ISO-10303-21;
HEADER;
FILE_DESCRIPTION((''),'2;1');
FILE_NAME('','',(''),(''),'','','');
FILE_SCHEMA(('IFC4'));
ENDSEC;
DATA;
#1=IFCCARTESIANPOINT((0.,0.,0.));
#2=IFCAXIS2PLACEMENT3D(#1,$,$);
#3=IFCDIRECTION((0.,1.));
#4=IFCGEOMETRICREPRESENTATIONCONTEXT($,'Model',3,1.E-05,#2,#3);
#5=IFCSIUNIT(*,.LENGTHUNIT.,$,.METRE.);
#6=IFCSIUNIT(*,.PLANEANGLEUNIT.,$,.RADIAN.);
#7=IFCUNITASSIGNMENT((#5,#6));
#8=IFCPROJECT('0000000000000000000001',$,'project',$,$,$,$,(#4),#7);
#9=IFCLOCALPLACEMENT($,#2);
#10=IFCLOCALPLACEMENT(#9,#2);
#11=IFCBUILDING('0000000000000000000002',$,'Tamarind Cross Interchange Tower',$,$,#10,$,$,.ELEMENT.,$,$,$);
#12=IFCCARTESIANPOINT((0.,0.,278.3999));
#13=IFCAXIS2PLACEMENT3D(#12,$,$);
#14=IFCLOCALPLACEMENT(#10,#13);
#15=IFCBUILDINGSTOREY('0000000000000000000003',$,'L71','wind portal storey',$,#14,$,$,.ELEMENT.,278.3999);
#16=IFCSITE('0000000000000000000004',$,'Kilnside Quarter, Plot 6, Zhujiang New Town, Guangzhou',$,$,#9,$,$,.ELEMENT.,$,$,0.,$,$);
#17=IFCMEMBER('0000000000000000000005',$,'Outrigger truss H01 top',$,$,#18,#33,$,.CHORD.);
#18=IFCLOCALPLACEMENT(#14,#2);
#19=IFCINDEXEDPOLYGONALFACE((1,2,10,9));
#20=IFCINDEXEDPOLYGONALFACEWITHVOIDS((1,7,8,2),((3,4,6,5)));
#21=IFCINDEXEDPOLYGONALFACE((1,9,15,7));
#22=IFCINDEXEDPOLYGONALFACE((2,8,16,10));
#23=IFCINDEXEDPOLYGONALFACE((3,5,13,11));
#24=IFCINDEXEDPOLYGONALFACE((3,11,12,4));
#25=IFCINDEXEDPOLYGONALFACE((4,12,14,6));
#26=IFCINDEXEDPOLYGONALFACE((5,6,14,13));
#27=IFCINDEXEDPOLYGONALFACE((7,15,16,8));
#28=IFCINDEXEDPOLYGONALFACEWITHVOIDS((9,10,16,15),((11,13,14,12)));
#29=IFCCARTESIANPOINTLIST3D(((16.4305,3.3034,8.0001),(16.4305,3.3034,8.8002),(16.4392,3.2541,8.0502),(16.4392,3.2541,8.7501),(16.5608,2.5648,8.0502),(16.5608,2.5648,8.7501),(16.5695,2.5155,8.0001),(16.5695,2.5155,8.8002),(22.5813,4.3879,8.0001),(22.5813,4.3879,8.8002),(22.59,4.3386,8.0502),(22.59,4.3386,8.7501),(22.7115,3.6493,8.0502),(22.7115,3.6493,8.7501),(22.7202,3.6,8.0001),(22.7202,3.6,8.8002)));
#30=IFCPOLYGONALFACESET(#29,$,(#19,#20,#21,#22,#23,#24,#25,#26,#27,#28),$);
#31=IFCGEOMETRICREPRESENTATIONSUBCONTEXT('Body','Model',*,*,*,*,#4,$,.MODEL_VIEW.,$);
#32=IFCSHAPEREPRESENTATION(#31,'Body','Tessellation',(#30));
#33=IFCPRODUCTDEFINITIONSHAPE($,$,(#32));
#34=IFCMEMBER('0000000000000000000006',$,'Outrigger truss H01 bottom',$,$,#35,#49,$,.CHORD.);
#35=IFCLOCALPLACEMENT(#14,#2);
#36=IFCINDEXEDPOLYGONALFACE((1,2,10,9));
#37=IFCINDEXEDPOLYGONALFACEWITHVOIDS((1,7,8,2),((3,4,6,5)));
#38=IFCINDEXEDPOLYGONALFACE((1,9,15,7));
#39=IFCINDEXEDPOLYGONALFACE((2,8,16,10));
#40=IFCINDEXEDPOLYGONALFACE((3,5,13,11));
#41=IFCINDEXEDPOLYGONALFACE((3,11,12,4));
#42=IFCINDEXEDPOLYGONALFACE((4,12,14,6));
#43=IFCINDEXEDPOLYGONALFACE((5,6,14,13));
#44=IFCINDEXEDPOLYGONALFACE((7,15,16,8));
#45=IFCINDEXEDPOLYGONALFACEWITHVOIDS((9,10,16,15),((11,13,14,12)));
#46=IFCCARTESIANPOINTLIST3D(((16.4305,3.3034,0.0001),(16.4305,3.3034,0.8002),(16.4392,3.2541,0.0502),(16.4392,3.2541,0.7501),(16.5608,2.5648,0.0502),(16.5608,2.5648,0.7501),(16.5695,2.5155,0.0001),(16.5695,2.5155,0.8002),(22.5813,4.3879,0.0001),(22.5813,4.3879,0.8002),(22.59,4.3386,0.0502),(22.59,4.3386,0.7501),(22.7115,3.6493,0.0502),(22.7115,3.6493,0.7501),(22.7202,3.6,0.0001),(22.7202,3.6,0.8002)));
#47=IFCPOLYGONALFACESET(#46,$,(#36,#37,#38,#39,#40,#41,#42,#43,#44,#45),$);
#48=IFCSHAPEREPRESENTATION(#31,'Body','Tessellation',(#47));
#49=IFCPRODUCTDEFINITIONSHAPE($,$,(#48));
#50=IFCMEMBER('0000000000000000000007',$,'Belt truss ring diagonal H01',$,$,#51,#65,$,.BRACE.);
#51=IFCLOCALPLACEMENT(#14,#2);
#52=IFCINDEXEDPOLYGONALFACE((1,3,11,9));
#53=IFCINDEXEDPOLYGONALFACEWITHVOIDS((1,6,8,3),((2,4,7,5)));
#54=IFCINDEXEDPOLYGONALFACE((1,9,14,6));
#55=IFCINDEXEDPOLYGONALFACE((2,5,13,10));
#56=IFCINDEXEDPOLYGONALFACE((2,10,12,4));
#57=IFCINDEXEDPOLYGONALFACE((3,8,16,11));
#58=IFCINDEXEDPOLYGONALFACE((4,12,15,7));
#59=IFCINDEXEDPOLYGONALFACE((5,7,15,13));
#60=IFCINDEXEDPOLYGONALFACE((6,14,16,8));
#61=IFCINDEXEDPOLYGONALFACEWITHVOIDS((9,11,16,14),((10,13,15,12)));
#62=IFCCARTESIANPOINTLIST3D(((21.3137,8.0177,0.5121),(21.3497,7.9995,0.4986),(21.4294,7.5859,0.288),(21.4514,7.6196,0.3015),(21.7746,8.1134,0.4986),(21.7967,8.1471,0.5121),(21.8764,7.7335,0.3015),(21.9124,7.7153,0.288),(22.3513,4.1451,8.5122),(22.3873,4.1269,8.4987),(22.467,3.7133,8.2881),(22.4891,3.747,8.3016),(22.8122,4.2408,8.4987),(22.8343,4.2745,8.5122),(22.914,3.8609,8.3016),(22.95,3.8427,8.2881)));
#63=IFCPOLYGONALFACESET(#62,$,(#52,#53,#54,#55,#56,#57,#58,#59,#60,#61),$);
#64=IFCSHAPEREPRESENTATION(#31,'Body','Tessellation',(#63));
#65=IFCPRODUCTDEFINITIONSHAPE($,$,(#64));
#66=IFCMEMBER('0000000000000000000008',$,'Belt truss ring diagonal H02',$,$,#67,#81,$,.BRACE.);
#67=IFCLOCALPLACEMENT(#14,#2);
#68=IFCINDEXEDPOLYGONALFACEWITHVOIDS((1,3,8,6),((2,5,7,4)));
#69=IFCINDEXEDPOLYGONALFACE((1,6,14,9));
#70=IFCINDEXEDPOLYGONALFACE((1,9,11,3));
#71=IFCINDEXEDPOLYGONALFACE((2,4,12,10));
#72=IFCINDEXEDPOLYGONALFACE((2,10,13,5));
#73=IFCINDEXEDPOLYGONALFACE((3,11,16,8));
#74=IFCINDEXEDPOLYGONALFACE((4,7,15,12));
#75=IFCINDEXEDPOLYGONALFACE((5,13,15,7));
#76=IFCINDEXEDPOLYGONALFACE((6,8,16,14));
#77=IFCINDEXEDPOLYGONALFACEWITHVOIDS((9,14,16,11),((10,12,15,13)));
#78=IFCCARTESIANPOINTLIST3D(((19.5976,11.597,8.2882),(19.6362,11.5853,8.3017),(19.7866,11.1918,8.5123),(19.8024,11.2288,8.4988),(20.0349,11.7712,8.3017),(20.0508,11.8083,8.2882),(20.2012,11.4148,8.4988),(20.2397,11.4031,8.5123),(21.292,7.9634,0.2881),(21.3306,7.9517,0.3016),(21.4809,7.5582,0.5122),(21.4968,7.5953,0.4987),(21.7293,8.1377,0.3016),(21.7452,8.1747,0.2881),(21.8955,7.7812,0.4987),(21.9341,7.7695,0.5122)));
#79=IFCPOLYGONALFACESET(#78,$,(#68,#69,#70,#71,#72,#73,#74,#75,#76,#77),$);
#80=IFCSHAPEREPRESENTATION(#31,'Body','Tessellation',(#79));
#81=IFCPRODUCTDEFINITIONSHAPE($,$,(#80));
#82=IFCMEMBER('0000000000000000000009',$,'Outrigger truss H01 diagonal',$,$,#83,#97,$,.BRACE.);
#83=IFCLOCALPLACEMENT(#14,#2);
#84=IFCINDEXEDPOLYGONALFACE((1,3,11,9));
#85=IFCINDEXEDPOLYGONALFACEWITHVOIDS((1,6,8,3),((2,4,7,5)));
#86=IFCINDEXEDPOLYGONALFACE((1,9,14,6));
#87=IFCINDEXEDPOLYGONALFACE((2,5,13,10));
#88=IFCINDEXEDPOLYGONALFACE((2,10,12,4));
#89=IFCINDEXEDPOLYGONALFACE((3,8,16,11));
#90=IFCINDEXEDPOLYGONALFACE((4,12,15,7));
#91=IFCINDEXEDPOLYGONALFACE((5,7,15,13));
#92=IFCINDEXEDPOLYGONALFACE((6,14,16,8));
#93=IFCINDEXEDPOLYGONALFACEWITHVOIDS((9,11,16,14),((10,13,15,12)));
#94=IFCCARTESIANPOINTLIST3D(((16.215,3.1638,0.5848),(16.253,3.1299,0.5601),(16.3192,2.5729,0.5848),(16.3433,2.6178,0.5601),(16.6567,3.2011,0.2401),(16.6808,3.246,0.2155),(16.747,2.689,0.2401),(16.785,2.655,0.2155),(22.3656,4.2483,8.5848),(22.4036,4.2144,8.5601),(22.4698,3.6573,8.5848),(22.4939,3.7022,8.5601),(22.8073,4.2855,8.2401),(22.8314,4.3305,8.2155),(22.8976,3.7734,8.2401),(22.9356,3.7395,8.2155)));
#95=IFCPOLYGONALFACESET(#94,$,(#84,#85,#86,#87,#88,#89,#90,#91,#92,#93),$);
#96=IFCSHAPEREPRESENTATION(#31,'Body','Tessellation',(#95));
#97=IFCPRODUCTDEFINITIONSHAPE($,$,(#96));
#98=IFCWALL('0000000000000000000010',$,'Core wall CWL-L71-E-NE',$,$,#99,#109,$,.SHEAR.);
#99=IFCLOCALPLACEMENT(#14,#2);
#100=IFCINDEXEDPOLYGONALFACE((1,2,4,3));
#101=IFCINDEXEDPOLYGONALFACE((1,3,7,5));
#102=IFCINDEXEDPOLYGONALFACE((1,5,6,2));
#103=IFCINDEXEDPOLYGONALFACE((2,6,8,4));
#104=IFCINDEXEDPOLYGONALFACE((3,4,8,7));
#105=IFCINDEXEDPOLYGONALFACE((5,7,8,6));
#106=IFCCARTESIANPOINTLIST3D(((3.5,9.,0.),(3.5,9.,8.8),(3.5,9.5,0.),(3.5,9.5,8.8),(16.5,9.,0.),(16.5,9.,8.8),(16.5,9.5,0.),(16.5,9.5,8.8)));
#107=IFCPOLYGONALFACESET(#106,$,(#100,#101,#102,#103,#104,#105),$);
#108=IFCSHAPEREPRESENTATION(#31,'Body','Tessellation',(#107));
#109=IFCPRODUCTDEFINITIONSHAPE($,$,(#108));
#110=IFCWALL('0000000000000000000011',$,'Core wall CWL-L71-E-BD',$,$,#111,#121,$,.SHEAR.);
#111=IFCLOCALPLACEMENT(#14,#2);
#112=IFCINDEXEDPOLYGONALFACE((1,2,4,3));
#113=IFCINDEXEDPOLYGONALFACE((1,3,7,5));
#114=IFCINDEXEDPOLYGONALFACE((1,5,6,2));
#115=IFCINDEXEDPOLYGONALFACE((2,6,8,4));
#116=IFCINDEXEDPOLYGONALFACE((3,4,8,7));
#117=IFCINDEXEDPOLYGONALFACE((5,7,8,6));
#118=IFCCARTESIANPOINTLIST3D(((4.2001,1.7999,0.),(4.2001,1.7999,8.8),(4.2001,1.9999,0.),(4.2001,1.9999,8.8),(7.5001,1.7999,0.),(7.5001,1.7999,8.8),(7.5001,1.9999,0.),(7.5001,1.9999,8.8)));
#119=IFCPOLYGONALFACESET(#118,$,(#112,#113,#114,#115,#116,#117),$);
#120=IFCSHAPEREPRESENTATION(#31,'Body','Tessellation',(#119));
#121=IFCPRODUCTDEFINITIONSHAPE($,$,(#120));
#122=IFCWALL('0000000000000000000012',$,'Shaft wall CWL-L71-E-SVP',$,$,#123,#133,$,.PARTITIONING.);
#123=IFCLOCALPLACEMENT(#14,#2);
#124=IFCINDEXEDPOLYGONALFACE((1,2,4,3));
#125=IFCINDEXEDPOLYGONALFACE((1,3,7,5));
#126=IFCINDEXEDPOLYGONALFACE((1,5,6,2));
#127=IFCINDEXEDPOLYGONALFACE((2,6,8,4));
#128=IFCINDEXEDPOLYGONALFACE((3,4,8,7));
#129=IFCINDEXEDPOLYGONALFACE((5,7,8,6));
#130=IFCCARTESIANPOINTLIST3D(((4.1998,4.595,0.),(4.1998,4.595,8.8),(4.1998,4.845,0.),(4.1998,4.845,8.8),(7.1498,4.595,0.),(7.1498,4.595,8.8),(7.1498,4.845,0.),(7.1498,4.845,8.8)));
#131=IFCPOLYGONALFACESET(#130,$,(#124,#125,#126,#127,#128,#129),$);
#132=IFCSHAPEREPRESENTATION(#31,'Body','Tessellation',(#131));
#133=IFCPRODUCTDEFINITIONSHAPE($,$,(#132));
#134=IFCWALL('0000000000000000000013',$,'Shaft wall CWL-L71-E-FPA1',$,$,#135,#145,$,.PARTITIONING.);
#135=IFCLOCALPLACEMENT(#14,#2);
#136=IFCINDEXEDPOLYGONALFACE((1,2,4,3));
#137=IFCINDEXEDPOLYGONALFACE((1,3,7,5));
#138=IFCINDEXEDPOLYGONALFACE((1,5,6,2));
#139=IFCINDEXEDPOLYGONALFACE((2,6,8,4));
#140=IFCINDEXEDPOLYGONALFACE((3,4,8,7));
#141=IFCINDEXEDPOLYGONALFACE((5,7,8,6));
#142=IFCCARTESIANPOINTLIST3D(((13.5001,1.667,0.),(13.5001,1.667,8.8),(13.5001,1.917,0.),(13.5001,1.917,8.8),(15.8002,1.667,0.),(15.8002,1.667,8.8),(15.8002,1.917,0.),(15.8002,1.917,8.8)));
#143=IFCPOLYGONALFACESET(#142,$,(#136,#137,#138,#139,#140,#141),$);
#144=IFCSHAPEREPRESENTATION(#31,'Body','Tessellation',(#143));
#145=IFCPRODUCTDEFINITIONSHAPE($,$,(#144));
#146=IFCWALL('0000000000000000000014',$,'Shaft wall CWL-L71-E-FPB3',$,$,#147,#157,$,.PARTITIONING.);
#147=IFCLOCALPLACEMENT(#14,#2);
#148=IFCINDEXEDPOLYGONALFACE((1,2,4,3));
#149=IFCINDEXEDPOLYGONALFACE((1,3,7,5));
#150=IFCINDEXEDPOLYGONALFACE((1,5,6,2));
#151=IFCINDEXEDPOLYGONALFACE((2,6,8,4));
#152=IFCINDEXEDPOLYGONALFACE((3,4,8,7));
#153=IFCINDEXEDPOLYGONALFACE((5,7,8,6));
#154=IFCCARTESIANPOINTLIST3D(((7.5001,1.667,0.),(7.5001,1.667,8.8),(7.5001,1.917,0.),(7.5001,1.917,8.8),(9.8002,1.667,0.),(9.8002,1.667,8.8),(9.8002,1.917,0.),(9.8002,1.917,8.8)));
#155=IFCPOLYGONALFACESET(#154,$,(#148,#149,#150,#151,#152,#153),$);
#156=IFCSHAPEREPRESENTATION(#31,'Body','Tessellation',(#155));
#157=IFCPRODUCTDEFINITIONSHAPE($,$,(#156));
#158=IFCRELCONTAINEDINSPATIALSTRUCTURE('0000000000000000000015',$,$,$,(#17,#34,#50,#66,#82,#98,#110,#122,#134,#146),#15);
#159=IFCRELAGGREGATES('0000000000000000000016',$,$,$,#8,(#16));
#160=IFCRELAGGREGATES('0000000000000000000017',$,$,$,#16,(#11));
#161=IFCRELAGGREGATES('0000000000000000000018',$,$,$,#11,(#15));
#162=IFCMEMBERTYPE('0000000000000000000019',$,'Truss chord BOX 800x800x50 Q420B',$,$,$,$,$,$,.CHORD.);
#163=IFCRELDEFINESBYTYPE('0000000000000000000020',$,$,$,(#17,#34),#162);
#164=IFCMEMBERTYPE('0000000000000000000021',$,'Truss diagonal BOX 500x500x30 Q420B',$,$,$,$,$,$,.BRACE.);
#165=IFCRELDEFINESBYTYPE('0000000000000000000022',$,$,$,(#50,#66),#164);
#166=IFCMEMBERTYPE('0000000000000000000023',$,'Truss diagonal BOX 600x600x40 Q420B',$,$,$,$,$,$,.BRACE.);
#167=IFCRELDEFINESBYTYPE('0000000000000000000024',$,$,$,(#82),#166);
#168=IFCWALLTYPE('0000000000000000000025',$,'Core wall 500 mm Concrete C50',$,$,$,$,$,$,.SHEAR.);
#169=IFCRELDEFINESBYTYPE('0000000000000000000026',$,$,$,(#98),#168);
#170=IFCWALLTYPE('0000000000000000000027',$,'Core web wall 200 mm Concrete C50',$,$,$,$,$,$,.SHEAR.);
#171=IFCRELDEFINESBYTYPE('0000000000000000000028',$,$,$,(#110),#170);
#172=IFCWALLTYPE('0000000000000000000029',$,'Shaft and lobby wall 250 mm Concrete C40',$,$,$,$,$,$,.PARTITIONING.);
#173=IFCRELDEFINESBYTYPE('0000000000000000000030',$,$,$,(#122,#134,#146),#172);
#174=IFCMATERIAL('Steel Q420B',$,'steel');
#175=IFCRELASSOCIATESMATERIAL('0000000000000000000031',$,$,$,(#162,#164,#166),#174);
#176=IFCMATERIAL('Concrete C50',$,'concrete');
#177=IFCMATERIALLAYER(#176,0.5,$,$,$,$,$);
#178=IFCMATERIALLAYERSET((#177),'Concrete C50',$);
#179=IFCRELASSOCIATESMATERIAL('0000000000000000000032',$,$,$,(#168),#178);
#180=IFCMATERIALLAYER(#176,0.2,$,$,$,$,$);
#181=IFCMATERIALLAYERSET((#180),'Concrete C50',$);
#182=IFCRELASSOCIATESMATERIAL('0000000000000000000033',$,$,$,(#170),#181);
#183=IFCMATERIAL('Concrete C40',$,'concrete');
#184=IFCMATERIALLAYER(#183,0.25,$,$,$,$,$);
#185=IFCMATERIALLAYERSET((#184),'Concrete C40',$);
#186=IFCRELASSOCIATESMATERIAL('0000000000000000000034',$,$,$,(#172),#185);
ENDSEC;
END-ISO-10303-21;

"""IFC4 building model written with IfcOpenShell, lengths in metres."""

from ifc_helpers import new_model, si_unit, direction, frame, frame_2d, origin, origin_2d, place, context, subcontext, project, spatial, rectangle, hollow_rectangle, extrude, material, layer, layer_set, material_profile, profile_set, type_object, element, save


model = new_model("IFC4")

# Units and contexts
model_context = context("Model", 3, precision=1e-05, world=origin(), true_north=direction((0.0, 1.0)))
body_context = subcontext(model_context, "Body", "Model", "MODEL_VIEW")
ifc_project = project(units=[si_unit("LENGTHUNIT", "METRE"), si_unit("PLANEANGLEUNIT", "RADIAN")], contexts=[model_context])

# Site, building, storey
site_placement = place(None, origin())
site = spatial("IfcSite", under=ifc_project, at=site_placement, Name="Kilnside Quarter, Plot 6, Zhujiang New Town, Guangzhou", CompositionType="ELEMENT", RefElevation=0.0)
building_placement = place(site_placement, origin())
building = spatial("IfcBuilding", under=site, at=building_placement, Name="Tamarind Cross Interchange Tower", CompositionType="ELEMENT")
storey_placement = place(building_placement, frame((0.0, 0.0, 278.3999)))
storey = spatial("IfcBuildingStorey", under=building, at=storey_placement, Name="L71", Description="wind portal storey", CompositionType="ELEMENT", Elevation=278.3999)

# Members
ifc_material_1 = material(Name="Steel Q420B", Category="steel")
ifc_material_profile_1 = material_profile(ifc_material_1, hollow_rectangle(XDim=0.8, YDim=0.8, WallThickness=0.05, at=origin_2d()), Name="BOX 800x800x50")
ifc_profile_set_1 = profile_set([ifc_material_profile_1], Name="Steel Q420B")
member_type_1 = type_object("IfcMemberType", Name="Truss chord BOX 800x800x50 Q420B", PredefinedType="CHORD", material=ifc_profile_set_1)
for number, where, z_axis, x_axis, name in (
    (1, (16.5, 2.9094, 8.4001), (0.984809, 0.17364, 0.0), (-0.17364, 0.984809, 0.0), "Outrigger truss H01 top"),
    (2, (16.5, 2.9094, 0.4001), (0.984809, 0.17364, 0.0), (-0.17364, 0.984809, 0.0), "Outrigger truss H01 bottom"),
):
    element("IfcMember", number, at=place(storey_placement, frame(where, z_axis=z_axis, x_axis=x_axis)), inside=storey, type_object=member_type_1, Name=name, PredefinedType="CHORD", context=body_context, shape_type="SweptSolid", body=[
        extrude(hollow_rectangle(XDim=0.8, YDim=0.8, WallThickness=0.05, at=origin_2d()), origin(), (0.0, 0.0, 1.0), 6.2456),
    ])
ifc_material_profile_2 = material_profile(ifc_material_1, hollow_rectangle(XDim=0.5, YDim=0.5, WallThickness=0.03, at=origin_2d()), Name="BOX 500x500x30")
ifc_profile_set_2 = profile_set([ifc_material_profile_2], Name="Steel Q420B")
member_type_2 = type_object("IfcMemberType", Name="Truss diagonal BOX 500x500x30 Q420B", PredefinedType="BRACE", material=ifc_profile_set_2)
for number, where, z_axis, x_axis, name in (
    (3, (22.6506, 3.9939, 8.4001), (-0.115954, 0.432767, -0.894018), (-0.965929, -0.258807, 0.0), "Belt truss ring diagonal H01"),
    (4, (21.613, 7.8665, 0.4001), (-0.189346, 0.406056, 0.894017), (-0.906309, -0.422615, 0.0), "Belt truss ring diagonal H02"),
):
    element("IfcMember", number, at=place(storey_placement, frame(where, z_axis=z_axis, x_axis=x_axis)), inside=storey, type_object=member_type_2, Name=name, PredefinedType="BRACE", context=body_context, shape_type="SweptSolid", body=[
        extrude(hollow_rectangle(XDim=0.5, YDim=0.5, WallThickness=0.03, at=origin_2d()), origin(), (0.0, 0.0, 1.0), 8.9485),
    ])
ifc_material_profile_3 = material_profile(ifc_material_1, hollow_rectangle(XDim=0.6001, YDim=0.6001, WallThickness=0.04, at=origin_2d()), Name="BOX 600x600x40")
ifc_profile_set_3 = profile_set([ifc_material_profile_3], Name="Steel Q420B")
member_type_3 = type_object("IfcMemberType", Name="Truss diagonal BOX 600x600x40 Q420B", PredefinedType="BRACE", material=ifc_profile_set_3)
member_placement = place(storey_placement, frame((16.5, 2.9094, 0.4001), z_axis=(0.606021, 0.106853, 0.788239), x_axis=(-0.17364, 0.984809, 0.0)))
element("IfcMember", 5, at=member_placement, inside=storey, type_object=member_type_3, Name="Outrigger truss H01 diagonal", PredefinedType="BRACE", context=body_context, shape_type="SweptSolid", body=[
    extrude(hollow_rectangle(XDim=0.6001, YDim=0.6001, WallThickness=0.04, at=origin_2d()), origin(), (0.0, 0.0, 1.0), 10.1492),
])

# Walls
ifc_material_2 = material(Name="Concrete C50", Category="concrete")
ifc_layer_1 = layer(ifc_material_2, 0.5)
ifc_layer_set_1 = layer_set([ifc_layer_1], Name="Concrete C50")
wall_type_1 = type_object("IfcWallType", Name="Core wall 500 mm Concrete C50", PredefinedType="SHEAR", material=ifc_layer_set_1)
wall_1_placement = place(storey_placement, frame((16.5, 9.25, 0.0), z_axis=(0.0, 0.0, 1.0), x_axis=(-1.0, 0.0, 0.0)))
element("IfcWall", 6, at=wall_1_placement, inside=storey, type_object=wall_type_1, Name="Core wall CWL-L71-E-NE", PredefinedType="SHEAR", context=body_context, shape_type="SweptSolid", body=[
    extrude(rectangle(XDim=13.0, YDim=0.5, at=frame_2d((6.5, 0.0))), origin(), (0.0, 0.0, 1.0), 8.8),
])
ifc_layer_2 = layer(ifc_material_2, 0.2)
ifc_layer_set_2 = layer_set([ifc_layer_2], Name="Concrete C50")
wall_type_2 = type_object("IfcWallType", Name="Core web wall 200 mm Concrete C50", PredefinedType="SHEAR", material=ifc_layer_set_2)
wall_2_placement = place(storey_placement, frame((7.5, 1.8999, 0.0), z_axis=(0.0, 0.0, 1.0), x_axis=(-1.0, 0.0, 0.0)))
element("IfcWall", 7, at=wall_2_placement, inside=storey, type_object=wall_type_2, Name="Core wall CWL-L71-E-BD", PredefinedType="SHEAR", context=body_context, shape_type="SweptSolid", body=[
    extrude(rectangle(XDim=3.3, YDim=0.2, at=frame_2d((1.6499, 0.0))), origin(), (0.0, 0.0, 1.0), 8.8),
])
ifc_material_3 = material(Name="Concrete C40", Category="concrete")
ifc_layer_3 = layer(ifc_material_3, 0.25)
ifc_layer_set_3 = layer_set([ifc_layer_3], Name="Concrete C40")
wall_type_3 = type_object("IfcWallType", Name="Shaft and lobby wall 250 mm Concrete C40", PredefinedType="PARTITIONING", material=ifc_layer_set_3)
wall_3_placement = place(storey_placement, frame((7.1499, 4.72, 0.0), z_axis=(0.0, 0.0, 1.0), x_axis=(-1.0, 0.0, 0.0)))
element("IfcWall", 8, at=wall_3_placement, inside=storey, type_object=wall_type_3, Name="Shaft wall CWL-L71-E-SVP", PredefinedType="PARTITIONING", context=body_context, shape_type="SweptSolid", body=[
    extrude(rectangle(XDim=2.95, YDim=0.25, at=frame_2d((1.4751, 0.0))), origin(), (0.0, 0.0, 1.0), 8.8),
])
for number, where, z_axis, x_axis, name in (
    (9, (15.8, 1.792, 0.0), (0.0, 0.0, 1.0), (-1.0, 0.0, 0.0), "Shaft wall CWL-L71-E-FPA1"),
    (10, (9.8, 1.792, 0.0), (0.0, 0.0, 1.0), (-1.0, 0.0, 0.0), "Shaft wall CWL-L71-E-FPB3"),
):
    element("IfcWall", number, at=place(storey_placement, frame(where, z_axis=z_axis, x_axis=x_axis)), inside=storey, type_object=wall_type_3, Name=name, PredefinedType="PARTITIONING", context=body_context, shape_type="SweptSolid", body=[
        extrude(rectangle(XDim=2.3, YDim=0.25, at=frame_2d((1.1499, 0.0))), origin(), (0.0, 0.0, 1.0), 8.8),
    ])

save(model, "model.ifc")
